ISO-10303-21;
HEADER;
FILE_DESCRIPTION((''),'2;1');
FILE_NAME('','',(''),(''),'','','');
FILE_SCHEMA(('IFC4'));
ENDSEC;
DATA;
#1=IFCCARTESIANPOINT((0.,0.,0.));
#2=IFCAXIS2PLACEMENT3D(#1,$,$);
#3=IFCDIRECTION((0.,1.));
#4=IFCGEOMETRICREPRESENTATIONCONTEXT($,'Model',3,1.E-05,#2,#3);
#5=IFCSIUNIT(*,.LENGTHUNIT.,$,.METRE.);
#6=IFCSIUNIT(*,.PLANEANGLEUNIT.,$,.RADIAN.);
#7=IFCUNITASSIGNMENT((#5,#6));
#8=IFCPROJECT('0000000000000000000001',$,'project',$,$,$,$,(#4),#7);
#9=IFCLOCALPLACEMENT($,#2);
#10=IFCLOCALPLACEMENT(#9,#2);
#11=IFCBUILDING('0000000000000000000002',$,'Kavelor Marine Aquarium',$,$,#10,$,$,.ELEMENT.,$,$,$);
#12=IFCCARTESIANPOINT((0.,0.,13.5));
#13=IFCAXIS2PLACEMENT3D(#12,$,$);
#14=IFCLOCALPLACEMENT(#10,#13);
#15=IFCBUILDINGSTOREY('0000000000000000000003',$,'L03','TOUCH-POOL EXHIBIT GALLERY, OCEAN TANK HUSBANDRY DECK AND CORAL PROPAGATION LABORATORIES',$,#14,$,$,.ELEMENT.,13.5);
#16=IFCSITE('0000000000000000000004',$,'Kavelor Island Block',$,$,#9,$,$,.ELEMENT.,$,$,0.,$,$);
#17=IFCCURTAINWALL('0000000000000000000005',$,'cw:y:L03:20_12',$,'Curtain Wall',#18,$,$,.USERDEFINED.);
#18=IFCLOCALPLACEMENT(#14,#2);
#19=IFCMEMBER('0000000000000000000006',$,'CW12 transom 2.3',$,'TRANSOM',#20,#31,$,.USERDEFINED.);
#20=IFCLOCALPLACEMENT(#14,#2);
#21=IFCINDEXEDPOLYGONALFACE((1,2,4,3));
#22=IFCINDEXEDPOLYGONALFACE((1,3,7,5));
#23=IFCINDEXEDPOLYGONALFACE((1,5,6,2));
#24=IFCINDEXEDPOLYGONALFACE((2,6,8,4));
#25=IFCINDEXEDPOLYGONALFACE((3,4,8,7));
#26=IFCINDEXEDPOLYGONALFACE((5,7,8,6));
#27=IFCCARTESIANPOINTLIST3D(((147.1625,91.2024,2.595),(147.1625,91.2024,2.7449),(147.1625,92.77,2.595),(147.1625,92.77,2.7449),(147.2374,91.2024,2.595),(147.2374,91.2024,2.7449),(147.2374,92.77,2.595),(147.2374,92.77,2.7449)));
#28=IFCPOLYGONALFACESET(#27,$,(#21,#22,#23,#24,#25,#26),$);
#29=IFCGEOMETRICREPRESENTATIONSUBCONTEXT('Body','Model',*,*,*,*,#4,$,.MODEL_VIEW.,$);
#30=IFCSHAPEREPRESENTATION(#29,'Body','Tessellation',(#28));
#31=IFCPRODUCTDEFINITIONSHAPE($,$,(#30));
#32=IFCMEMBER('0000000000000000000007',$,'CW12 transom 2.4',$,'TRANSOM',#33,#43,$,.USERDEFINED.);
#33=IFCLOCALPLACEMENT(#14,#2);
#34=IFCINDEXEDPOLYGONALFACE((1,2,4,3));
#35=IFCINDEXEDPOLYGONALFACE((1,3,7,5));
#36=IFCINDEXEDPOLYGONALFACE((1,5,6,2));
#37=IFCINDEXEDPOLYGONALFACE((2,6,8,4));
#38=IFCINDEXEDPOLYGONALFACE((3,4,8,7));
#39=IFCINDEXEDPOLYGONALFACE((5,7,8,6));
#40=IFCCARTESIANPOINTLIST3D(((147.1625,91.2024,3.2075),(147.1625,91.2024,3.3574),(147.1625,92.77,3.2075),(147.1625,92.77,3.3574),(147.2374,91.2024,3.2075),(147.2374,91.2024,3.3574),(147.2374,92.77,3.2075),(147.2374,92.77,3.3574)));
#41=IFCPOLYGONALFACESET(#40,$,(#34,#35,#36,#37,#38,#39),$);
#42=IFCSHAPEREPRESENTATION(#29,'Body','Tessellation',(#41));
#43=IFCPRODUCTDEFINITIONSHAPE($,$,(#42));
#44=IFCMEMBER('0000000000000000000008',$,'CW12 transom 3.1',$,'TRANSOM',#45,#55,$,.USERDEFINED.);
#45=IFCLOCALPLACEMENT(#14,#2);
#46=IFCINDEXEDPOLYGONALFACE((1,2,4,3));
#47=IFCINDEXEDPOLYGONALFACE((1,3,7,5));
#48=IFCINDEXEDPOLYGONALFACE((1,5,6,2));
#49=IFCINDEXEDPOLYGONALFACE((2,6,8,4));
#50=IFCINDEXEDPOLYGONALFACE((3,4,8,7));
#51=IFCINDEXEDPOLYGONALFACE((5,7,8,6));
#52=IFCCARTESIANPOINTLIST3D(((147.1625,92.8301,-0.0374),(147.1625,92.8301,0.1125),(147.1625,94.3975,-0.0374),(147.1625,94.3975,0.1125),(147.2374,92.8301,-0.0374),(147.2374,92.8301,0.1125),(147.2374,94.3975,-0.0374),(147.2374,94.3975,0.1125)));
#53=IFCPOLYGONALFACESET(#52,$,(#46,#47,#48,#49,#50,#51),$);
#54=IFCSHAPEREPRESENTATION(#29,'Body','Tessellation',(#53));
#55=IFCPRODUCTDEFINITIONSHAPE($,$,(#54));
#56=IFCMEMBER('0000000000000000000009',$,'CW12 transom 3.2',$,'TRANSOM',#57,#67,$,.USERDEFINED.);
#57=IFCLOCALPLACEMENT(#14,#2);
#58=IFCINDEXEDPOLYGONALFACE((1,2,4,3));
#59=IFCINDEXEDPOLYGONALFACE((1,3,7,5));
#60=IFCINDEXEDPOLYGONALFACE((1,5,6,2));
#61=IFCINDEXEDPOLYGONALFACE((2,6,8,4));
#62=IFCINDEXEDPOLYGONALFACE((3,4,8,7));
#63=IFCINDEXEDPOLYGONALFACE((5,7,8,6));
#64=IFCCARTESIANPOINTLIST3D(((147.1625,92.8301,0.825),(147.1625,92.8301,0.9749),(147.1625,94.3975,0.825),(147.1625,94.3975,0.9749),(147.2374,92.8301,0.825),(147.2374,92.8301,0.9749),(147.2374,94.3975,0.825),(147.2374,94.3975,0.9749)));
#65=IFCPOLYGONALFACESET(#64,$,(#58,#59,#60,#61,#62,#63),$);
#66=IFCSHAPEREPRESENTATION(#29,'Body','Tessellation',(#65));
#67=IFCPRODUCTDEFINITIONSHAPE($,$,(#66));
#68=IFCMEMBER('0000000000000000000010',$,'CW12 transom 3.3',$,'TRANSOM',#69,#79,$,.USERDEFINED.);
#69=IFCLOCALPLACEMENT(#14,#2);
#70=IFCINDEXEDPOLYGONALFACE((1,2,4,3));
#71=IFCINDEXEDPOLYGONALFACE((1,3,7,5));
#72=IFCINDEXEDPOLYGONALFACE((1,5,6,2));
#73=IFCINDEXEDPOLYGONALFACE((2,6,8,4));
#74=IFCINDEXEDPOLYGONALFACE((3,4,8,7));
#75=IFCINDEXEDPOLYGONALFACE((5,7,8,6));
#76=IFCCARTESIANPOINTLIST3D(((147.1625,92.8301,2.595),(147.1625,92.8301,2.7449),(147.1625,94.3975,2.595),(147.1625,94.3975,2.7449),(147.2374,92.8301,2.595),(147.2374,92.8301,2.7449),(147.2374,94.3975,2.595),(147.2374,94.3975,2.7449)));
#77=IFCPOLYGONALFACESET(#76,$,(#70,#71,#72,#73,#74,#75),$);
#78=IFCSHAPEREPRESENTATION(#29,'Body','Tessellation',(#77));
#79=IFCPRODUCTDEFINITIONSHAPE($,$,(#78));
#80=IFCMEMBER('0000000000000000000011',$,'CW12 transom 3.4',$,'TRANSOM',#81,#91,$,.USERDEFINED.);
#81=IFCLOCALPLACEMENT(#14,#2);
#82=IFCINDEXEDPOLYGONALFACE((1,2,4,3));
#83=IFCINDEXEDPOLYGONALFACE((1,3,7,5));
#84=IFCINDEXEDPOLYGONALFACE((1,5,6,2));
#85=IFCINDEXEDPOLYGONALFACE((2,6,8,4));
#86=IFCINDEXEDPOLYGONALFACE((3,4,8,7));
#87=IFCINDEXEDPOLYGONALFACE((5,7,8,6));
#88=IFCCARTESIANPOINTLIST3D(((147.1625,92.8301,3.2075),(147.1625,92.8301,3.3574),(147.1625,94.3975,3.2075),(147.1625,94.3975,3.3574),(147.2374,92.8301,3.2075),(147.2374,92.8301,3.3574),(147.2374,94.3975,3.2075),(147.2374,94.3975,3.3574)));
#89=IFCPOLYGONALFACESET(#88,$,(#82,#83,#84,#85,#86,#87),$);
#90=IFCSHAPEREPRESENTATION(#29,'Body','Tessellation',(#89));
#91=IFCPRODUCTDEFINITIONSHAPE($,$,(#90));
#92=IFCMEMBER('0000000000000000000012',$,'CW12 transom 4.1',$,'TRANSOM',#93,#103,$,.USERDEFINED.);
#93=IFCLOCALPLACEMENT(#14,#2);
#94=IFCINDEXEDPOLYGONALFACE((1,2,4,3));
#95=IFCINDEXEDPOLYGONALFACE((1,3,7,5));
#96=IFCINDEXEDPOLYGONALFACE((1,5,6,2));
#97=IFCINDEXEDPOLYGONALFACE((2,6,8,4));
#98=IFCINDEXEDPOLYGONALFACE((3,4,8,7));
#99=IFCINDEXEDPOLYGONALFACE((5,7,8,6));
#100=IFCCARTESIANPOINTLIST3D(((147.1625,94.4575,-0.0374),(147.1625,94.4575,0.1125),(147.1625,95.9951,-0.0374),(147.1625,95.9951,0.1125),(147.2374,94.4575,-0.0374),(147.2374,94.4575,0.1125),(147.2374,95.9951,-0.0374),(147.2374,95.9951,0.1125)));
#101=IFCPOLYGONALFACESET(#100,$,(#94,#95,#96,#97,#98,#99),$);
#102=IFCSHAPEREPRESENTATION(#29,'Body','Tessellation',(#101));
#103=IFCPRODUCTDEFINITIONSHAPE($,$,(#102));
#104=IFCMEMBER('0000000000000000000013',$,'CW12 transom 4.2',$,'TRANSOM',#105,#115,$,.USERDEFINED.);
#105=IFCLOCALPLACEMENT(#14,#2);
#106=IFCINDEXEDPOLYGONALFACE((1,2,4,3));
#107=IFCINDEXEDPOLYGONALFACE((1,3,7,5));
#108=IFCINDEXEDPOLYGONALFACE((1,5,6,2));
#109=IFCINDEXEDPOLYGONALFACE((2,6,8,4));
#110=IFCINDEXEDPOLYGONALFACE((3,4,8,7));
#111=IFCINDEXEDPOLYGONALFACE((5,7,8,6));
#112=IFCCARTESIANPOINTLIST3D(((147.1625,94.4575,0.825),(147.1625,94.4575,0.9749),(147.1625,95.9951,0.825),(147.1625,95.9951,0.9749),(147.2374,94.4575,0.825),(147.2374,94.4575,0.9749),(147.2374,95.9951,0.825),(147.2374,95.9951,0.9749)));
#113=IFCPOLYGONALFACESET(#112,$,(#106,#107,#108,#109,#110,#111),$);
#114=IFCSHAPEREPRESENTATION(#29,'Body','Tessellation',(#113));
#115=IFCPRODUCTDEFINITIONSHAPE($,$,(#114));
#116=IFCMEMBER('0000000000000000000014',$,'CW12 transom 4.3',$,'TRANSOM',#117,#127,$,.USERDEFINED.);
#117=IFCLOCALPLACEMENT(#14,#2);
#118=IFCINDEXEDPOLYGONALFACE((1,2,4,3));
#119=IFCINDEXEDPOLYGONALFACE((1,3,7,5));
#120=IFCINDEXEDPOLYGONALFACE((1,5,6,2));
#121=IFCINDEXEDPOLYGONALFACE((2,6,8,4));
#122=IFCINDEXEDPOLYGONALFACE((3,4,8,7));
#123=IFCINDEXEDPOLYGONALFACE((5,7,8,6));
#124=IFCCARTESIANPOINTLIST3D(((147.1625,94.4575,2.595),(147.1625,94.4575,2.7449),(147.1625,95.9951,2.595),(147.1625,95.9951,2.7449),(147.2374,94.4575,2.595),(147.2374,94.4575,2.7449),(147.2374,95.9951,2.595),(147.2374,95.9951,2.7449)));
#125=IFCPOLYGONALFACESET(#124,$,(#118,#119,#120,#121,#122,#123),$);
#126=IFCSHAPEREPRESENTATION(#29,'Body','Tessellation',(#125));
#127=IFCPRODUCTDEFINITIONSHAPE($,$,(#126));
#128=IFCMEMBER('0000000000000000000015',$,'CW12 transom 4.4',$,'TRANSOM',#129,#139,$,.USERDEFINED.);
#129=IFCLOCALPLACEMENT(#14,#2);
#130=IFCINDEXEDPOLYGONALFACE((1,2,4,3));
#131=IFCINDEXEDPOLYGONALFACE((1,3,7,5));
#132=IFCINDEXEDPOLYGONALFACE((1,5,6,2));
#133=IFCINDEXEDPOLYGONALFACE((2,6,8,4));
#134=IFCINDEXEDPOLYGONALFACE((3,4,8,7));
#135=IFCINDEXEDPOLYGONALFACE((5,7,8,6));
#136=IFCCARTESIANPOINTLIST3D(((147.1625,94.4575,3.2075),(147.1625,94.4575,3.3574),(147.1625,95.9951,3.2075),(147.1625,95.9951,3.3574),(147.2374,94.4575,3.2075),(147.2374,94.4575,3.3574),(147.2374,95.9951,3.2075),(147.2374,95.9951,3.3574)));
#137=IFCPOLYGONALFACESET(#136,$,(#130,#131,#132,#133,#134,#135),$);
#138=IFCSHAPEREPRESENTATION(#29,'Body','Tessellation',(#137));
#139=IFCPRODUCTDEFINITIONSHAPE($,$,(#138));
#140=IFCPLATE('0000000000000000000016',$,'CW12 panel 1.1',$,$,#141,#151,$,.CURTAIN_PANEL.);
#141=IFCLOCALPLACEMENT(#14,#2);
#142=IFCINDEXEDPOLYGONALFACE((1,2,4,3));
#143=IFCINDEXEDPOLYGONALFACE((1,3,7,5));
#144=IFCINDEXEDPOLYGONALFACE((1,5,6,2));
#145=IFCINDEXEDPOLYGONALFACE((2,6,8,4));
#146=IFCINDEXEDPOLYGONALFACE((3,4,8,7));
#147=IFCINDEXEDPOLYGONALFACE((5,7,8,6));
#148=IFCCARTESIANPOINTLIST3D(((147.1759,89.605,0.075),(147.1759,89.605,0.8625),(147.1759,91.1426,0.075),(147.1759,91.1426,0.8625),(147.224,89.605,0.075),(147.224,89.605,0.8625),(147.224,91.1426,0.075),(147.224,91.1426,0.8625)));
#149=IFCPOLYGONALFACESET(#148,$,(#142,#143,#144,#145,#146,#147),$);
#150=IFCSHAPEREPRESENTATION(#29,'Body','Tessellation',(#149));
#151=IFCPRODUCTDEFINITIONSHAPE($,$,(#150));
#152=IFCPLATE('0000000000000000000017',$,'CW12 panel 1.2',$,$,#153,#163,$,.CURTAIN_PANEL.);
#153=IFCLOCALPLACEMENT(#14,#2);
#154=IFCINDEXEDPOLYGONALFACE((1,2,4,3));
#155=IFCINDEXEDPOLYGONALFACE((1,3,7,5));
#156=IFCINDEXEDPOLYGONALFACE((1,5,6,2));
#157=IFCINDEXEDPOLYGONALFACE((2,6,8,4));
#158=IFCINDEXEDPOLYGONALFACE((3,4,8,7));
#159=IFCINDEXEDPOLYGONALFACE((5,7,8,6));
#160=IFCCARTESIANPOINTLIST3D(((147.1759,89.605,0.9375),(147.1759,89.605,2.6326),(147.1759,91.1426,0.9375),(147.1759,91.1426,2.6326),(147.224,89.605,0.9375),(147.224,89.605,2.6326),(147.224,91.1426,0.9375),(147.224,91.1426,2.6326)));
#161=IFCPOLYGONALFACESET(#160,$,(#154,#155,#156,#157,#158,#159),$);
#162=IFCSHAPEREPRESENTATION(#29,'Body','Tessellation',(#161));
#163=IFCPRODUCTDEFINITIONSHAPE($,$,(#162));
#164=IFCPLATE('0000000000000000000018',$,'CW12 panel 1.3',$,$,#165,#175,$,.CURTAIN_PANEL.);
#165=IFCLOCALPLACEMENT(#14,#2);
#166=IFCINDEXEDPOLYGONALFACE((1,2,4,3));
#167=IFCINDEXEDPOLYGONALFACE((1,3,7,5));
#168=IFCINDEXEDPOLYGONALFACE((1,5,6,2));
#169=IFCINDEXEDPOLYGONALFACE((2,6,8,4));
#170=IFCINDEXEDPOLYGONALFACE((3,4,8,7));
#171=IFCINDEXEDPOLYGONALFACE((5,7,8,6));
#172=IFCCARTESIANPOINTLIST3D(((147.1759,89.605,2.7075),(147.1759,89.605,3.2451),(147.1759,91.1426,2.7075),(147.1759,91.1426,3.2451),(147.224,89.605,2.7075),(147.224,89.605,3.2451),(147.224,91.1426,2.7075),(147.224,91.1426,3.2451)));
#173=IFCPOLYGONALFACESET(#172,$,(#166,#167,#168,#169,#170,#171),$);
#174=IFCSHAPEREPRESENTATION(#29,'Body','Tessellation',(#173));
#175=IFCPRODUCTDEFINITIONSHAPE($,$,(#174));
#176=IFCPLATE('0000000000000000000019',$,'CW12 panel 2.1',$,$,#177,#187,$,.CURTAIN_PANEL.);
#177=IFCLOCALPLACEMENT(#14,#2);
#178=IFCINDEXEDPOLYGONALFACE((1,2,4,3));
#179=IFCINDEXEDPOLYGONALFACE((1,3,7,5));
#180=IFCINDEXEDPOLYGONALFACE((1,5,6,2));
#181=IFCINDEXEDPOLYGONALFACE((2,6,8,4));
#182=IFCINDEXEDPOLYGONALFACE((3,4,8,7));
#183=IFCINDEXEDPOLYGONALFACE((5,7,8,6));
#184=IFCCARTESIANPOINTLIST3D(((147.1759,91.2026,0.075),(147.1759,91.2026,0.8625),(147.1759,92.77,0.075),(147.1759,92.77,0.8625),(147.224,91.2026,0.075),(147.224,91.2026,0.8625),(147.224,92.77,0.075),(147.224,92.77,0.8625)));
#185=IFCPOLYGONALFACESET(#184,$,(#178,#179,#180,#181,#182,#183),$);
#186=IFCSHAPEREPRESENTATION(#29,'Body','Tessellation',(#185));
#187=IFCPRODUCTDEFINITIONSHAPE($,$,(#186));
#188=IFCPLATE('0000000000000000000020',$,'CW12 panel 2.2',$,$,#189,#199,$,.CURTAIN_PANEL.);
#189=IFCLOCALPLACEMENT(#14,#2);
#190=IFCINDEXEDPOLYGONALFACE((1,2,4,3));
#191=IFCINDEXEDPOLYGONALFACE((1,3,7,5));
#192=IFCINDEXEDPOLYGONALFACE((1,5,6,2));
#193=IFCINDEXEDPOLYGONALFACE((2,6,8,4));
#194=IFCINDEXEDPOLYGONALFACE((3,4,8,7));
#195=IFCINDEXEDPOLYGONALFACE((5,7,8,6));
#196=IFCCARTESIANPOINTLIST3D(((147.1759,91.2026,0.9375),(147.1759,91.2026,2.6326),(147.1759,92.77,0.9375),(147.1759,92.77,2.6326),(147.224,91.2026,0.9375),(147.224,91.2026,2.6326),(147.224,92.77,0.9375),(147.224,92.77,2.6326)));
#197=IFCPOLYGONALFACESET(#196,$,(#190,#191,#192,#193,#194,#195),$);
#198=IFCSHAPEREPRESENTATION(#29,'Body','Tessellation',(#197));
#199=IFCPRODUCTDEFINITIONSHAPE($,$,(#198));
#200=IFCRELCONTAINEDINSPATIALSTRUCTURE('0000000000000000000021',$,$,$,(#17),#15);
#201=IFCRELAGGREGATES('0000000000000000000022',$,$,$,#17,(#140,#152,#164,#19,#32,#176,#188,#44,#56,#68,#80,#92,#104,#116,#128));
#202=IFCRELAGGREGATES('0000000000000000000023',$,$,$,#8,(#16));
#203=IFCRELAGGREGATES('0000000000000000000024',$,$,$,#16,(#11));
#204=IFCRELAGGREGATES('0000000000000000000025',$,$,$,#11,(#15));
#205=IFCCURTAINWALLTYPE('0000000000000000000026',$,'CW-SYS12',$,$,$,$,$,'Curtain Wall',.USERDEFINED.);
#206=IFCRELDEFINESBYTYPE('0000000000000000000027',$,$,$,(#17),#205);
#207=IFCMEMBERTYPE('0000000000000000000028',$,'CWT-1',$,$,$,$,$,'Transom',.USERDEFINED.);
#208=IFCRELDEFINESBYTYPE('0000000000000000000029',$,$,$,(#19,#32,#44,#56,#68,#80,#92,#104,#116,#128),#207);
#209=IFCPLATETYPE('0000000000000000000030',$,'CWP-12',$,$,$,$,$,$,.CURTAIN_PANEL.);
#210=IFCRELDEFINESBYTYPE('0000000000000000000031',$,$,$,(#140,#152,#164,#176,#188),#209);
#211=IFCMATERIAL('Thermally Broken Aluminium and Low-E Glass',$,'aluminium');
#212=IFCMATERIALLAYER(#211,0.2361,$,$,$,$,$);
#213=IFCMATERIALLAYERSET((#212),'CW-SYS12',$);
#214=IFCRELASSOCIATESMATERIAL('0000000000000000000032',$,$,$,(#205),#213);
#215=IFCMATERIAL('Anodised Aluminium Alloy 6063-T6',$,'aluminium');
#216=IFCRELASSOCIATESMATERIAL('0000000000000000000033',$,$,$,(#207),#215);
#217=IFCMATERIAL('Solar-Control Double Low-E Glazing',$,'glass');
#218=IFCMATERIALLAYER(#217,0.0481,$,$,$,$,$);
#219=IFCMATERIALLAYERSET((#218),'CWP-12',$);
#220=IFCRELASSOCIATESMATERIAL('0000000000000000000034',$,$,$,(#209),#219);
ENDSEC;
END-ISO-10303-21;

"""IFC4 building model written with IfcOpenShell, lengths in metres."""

from ifc_helpers import new_model, si_unit, direction, frame, origin, origin_2d, place, context, subcontext, project, spatial, rectangle, extrude, material, layer, layer_set, material_profile, profile_set, type_object, element, aggregate, save


model = new_model("IFC4")

# Units and contexts
model_context = context("Model", 3, precision=1e-05, world=origin(), true_north=direction((0.0, 1.0)))
body_context = subcontext(model_context, "Body", "Model", "MODEL_VIEW")
ifc_project = project(units=[si_unit("LENGTHUNIT", "METRE"), si_unit("PLANEANGLEUNIT", "RADIAN")], contexts=[model_context])

# Site, building, storey
site_placement = place(None, origin())
site = spatial("IfcSite", under=ifc_project, at=site_placement, Name="Kavelor Island Block", CompositionType="ELEMENT", RefElevation=0.0)
building_placement = place(site_placement, origin())
building = spatial("IfcBuilding", under=site, at=building_placement, Name="Kavelor Marine Aquarium", CompositionType="ELEMENT")
storey_placement = place(building_placement, frame((0.0, 0.0, 13.5)))
storey = spatial("IfcBuildingStorey", under=building, at=storey_placement, Name="L03", Description="TOUCH-POOL EXHIBIT GALLERY, OCEAN TANK HUSBANDRY DECK AND CORAL PROPAGATION LABORATORIES", CompositionType="ELEMENT", Elevation=13.5)

# Curtain wall, members, plates
ifc_material_1 = material(Name="Thermally Broken Aluminium and Low-E Glass", Category="aluminium")
ifc_layer_1 = layer(ifc_material_1, 0.2361)
ifc_layer_set_1 = layer_set([ifc_layer_1], Name="CW-SYS12")
curtain_wall_type_1 = type_object("IfcCurtainWallType", Name="CW-SYS12", ElementType="Curtain Wall", PredefinedType="USERDEFINED", material=ifc_layer_set_1)
curtain_wall_1_placement = place(storey_placement, origin())
curtain_wall_1 = element("IfcCurtainWall", 1, at=curtain_wall_1_placement, inside=storey, type_object=curtain_wall_type_1, Name="cw:y:L03:20_12", ObjectType="Curtain Wall", PredefinedType="USERDEFINED")
ifc_material_2 = material(Name="Anodised Aluminium Alloy 6063-T6", Category="aluminium")
ifc_material_profile_1 = material_profile(ifc_material_2, rectangle(XDim=0.075, YDim=0.1499, at=origin_2d()), Name="CW-TRN 75x150")
ifc_profile_set_1 = profile_set([ifc_material_profile_1], Name="Anodised Aluminium Alloy 6063-T6")
member_type_1 = type_object("IfcMemberType", Name="CWT-1", ElementType="Transom", PredefinedType="USERDEFINED", material=ifc_profile_set_1)
member_1_placement = place(storey_placement, frame((147.2, 91.2024, 2.6699), z_axis=(0.0, 1.0, 0.0), x_axis=(-1.0, 0.0, 0.0)))
member_1 = element("IfcMember", 2, at=member_1_placement, type_object=member_type_1, Name="CW12 transom 2.3", ObjectType="TRANSOM", PredefinedType="USERDEFINED", context=body_context, shape_type="SweptSolid", body=[
    extrude(rectangle(XDim=0.075, YDim=0.1499, at=origin_2d()), origin(), (0.0, 0.0, 1.0), 1.5676),
])
member_2_placement = place(storey_placement, frame((147.2, 91.2024, 3.2825), z_axis=(0.0, 1.0, 0.0), x_axis=(-1.0, 0.0, 0.0)))
member_2 = element("IfcMember", 3, at=member_2_placement, type_object=member_type_1, Name="CW12 transom 2.4", ObjectType="TRANSOM", PredefinedType="USERDEFINED", context=body_context, shape_type="SweptSolid", body=[
    extrude(rectangle(XDim=0.075, YDim=0.1499, at=origin_2d()), origin(), (0.0, 0.0, 1.0), 1.5676),
])
member_3_placement = place(storey_placement, frame((147.2, 92.8301, 0.0376), z_axis=(0.0, 1.0, 0.0), x_axis=(-1.0, 0.0, 0.0)))
member_3 = element("IfcMember", 4, at=member_3_placement, type_object=member_type_1, Name="CW12 transom 3.1", ObjectType="TRANSOM", PredefinedType="USERDEFINED", context=body_context, shape_type="SweptSolid", body=[
    extrude(rectangle(XDim=0.075, YDim=0.1499, at=origin_2d()), origin(), (0.0, 0.0, 1.0), 1.5674),
])
member_4_placement = place(storey_placement, frame((147.2, 92.8301, 0.8999), z_axis=(0.0, 1.0, 0.0), x_axis=(-1.0, 0.0, 0.0)))
member_4 = element("IfcMember", 5, at=member_4_placement, type_object=member_type_1, Name="CW12 transom 3.2", ObjectType="TRANSOM", PredefinedType="USERDEFINED", context=body_context, shape_type="SweptSolid", body=[
    extrude(rectangle(XDim=0.075, YDim=0.1499, at=origin_2d()), origin(), (0.0, 0.0, 1.0), 1.5674),
])
member_5_placement = place(storey_placement, frame((147.2, 92.8301, 2.6699), z_axis=(0.0, 1.0, 0.0), x_axis=(-1.0, 0.0, 0.0)))
member_5 = element("IfcMember", 6, at=member_5_placement, type_object=member_type_1, Name="CW12 transom 3.3", ObjectType="TRANSOM", PredefinedType="USERDEFINED", context=body_context, shape_type="SweptSolid", body=[
    extrude(rectangle(XDim=0.075, YDim=0.1499, at=origin_2d()), origin(), (0.0, 0.0, 1.0), 1.5674),
])
member_6_placement = place(storey_placement, frame((147.2, 92.8301, 3.2825), z_axis=(0.0, 1.0, 0.0), x_axis=(-1.0, 0.0, 0.0)))
member_6 = element("IfcMember", 7, at=member_6_placement, type_object=member_type_1, Name="CW12 transom 3.4", ObjectType="TRANSOM", PredefinedType="USERDEFINED", context=body_context, shape_type="SweptSolid", body=[
    extrude(rectangle(XDim=0.075, YDim=0.1499, at=origin_2d()), origin(), (0.0, 0.0, 1.0), 1.5674),
])
member_7_placement = place(storey_placement, frame((147.2, 94.4575, 0.0376), z_axis=(0.0, 1.0, 0.0), x_axis=(-1.0, 0.0, 0.0)))
member_7 = element("IfcMember", 8, at=member_7_placement, type_object=member_type_1, Name="CW12 transom 4.1", ObjectType="TRANSOM", PredefinedType="USERDEFINED", context=body_context, shape_type="SweptSolid", body=[
    extrude(rectangle(XDim=0.075, YDim=0.1499, at=origin_2d()), origin(), (0.0, 0.0, 1.0), 1.5376),
])
member_8_placement = place(storey_placement, frame((147.2, 94.4575, 0.8999), z_axis=(0.0, 1.0, 0.0), x_axis=(-1.0, 0.0, 0.0)))
member_8 = element("IfcMember", 9, at=member_8_placement, type_object=member_type_1, Name="CW12 transom 4.2", ObjectType="TRANSOM", PredefinedType="USERDEFINED", context=body_context, shape_type="SweptSolid", body=[
    extrude(rectangle(XDim=0.075, YDim=0.1499, at=origin_2d()), origin(), (0.0, 0.0, 1.0), 1.5376),
])
member_9_placement = place(storey_placement, frame((147.2, 94.4575, 2.6699), z_axis=(0.0, 1.0, 0.0), x_axis=(-1.0, 0.0, 0.0)))
member_9 = element("IfcMember", 10, at=member_9_placement, type_object=member_type_1, Name="CW12 transom 4.3", ObjectType="TRANSOM", PredefinedType="USERDEFINED", context=body_context, shape_type="SweptSolid", body=[
    extrude(rectangle(XDim=0.075, YDim=0.1499, at=origin_2d()), origin(), (0.0, 0.0, 1.0), 1.5376),
])
member_10_placement = place(storey_placement, frame((147.2, 94.4575, 3.2825), z_axis=(0.0, 1.0, 0.0), x_axis=(-1.0, 0.0, 0.0)))
member_10 = element("IfcMember", 11, at=member_10_placement, type_object=member_type_1, Name="CW12 transom 4.4", ObjectType="TRANSOM", PredefinedType="USERDEFINED", context=body_context, shape_type="SweptSolid", body=[
    extrude(rectangle(XDim=0.075, YDim=0.1499, at=origin_2d()), origin(), (0.0, 0.0, 1.0), 1.5376),
])
ifc_material_3 = material(Name="Solar-Control Double Low-E Glazing", Category="glass")
ifc_layer_2 = layer(ifc_material_3, 0.0481)
ifc_layer_set_2 = layer_set([ifc_layer_2], Name="CWP-12")
plate_type = type_object("IfcPlateType", Name="CWP-12", PredefinedType="CURTAIN_PANEL", material=ifc_layer_set_2)
plate_1_placement = place(storey_placement, frame((147.2, 90.3738, 0.075), z_axis=(0.0, 0.0, 1.0), x_axis=(0.0, 1.0, 0.0)))
plate_1 = element("IfcPlate", 12, at=plate_1_placement, type_object=plate_type, Name="CW12 panel 1.1", PredefinedType="CURTAIN_PANEL", context=body_context, shape_type="SweptSolid", body=[
    extrude(rectangle(XDim=1.5376, YDim=0.0481, at=origin_2d()), origin(), (0.0, 0.0, 1.0), 0.7876),
])
plate_2_placement = place(storey_placement, frame((147.2, 90.3738, 0.9375), z_axis=(0.0, 0.0, 1.0), x_axis=(0.0, 1.0, 0.0)))
plate_2 = element("IfcPlate", 13, at=plate_2_placement, type_object=plate_type, Name="CW12 panel 1.2", PredefinedType="CURTAIN_PANEL", context=body_context, shape_type="SweptSolid", body=[
    extrude(rectangle(XDim=1.5376, YDim=0.0481, at=origin_2d()), origin(), (0.0, 0.0, 1.0), 1.6951),
])
plate_3_placement = place(storey_placement, frame((147.2, 90.3738, 2.7075), z_axis=(0.0, 0.0, 1.0), x_axis=(0.0, 1.0, 0.0)))
plate_3 = element("IfcPlate", 14, at=plate_3_placement, type_object=plate_type, Name="CW12 panel 1.3", PredefinedType="CURTAIN_PANEL", context=body_context, shape_type="SweptSolid", body=[
    extrude(rectangle(XDim=1.5376, YDim=0.0481, at=origin_2d()), origin(), (0.0, 0.0, 1.0), 0.5376),
])
plate_4_placement = place(storey_placement, frame((147.2, 91.9863, 0.075), z_axis=(0.0, 0.0, 1.0), x_axis=(0.0, 1.0, 0.0)))
plate_4 = element("IfcPlate", 15, at=plate_4_placement, type_object=plate_type, Name="CW12 panel 2.1", PredefinedType="CURTAIN_PANEL", context=body_context, shape_type="SweptSolid", body=[
    extrude(rectangle(XDim=1.5674, YDim=0.0481, at=origin_2d()), origin(), (0.0, 0.0, 1.0), 0.7876),
])
plate_5_placement = place(storey_placement, frame((147.2, 91.9863, 0.9375), z_axis=(0.0, 0.0, 1.0), x_axis=(0.0, 1.0, 0.0)))
plate_5 = element("IfcPlate", 16, at=plate_5_placement, type_object=plate_type, Name="CW12 panel 2.2", PredefinedType="CURTAIN_PANEL", context=body_context, shape_type="SweptSolid", body=[
    extrude(rectangle(XDim=1.5674, YDim=0.0481, at=origin_2d()), origin(), (0.0, 0.0, 1.0), 1.6951),
])
aggregate(curtain_wall_1, [plate_1, plate_2, plate_3, member_1, member_2, plate_4, plate_5, member_3, member_4, member_5, member_6, member_7, member_8, member_9, member_10])

save(model, "model.ifc")
